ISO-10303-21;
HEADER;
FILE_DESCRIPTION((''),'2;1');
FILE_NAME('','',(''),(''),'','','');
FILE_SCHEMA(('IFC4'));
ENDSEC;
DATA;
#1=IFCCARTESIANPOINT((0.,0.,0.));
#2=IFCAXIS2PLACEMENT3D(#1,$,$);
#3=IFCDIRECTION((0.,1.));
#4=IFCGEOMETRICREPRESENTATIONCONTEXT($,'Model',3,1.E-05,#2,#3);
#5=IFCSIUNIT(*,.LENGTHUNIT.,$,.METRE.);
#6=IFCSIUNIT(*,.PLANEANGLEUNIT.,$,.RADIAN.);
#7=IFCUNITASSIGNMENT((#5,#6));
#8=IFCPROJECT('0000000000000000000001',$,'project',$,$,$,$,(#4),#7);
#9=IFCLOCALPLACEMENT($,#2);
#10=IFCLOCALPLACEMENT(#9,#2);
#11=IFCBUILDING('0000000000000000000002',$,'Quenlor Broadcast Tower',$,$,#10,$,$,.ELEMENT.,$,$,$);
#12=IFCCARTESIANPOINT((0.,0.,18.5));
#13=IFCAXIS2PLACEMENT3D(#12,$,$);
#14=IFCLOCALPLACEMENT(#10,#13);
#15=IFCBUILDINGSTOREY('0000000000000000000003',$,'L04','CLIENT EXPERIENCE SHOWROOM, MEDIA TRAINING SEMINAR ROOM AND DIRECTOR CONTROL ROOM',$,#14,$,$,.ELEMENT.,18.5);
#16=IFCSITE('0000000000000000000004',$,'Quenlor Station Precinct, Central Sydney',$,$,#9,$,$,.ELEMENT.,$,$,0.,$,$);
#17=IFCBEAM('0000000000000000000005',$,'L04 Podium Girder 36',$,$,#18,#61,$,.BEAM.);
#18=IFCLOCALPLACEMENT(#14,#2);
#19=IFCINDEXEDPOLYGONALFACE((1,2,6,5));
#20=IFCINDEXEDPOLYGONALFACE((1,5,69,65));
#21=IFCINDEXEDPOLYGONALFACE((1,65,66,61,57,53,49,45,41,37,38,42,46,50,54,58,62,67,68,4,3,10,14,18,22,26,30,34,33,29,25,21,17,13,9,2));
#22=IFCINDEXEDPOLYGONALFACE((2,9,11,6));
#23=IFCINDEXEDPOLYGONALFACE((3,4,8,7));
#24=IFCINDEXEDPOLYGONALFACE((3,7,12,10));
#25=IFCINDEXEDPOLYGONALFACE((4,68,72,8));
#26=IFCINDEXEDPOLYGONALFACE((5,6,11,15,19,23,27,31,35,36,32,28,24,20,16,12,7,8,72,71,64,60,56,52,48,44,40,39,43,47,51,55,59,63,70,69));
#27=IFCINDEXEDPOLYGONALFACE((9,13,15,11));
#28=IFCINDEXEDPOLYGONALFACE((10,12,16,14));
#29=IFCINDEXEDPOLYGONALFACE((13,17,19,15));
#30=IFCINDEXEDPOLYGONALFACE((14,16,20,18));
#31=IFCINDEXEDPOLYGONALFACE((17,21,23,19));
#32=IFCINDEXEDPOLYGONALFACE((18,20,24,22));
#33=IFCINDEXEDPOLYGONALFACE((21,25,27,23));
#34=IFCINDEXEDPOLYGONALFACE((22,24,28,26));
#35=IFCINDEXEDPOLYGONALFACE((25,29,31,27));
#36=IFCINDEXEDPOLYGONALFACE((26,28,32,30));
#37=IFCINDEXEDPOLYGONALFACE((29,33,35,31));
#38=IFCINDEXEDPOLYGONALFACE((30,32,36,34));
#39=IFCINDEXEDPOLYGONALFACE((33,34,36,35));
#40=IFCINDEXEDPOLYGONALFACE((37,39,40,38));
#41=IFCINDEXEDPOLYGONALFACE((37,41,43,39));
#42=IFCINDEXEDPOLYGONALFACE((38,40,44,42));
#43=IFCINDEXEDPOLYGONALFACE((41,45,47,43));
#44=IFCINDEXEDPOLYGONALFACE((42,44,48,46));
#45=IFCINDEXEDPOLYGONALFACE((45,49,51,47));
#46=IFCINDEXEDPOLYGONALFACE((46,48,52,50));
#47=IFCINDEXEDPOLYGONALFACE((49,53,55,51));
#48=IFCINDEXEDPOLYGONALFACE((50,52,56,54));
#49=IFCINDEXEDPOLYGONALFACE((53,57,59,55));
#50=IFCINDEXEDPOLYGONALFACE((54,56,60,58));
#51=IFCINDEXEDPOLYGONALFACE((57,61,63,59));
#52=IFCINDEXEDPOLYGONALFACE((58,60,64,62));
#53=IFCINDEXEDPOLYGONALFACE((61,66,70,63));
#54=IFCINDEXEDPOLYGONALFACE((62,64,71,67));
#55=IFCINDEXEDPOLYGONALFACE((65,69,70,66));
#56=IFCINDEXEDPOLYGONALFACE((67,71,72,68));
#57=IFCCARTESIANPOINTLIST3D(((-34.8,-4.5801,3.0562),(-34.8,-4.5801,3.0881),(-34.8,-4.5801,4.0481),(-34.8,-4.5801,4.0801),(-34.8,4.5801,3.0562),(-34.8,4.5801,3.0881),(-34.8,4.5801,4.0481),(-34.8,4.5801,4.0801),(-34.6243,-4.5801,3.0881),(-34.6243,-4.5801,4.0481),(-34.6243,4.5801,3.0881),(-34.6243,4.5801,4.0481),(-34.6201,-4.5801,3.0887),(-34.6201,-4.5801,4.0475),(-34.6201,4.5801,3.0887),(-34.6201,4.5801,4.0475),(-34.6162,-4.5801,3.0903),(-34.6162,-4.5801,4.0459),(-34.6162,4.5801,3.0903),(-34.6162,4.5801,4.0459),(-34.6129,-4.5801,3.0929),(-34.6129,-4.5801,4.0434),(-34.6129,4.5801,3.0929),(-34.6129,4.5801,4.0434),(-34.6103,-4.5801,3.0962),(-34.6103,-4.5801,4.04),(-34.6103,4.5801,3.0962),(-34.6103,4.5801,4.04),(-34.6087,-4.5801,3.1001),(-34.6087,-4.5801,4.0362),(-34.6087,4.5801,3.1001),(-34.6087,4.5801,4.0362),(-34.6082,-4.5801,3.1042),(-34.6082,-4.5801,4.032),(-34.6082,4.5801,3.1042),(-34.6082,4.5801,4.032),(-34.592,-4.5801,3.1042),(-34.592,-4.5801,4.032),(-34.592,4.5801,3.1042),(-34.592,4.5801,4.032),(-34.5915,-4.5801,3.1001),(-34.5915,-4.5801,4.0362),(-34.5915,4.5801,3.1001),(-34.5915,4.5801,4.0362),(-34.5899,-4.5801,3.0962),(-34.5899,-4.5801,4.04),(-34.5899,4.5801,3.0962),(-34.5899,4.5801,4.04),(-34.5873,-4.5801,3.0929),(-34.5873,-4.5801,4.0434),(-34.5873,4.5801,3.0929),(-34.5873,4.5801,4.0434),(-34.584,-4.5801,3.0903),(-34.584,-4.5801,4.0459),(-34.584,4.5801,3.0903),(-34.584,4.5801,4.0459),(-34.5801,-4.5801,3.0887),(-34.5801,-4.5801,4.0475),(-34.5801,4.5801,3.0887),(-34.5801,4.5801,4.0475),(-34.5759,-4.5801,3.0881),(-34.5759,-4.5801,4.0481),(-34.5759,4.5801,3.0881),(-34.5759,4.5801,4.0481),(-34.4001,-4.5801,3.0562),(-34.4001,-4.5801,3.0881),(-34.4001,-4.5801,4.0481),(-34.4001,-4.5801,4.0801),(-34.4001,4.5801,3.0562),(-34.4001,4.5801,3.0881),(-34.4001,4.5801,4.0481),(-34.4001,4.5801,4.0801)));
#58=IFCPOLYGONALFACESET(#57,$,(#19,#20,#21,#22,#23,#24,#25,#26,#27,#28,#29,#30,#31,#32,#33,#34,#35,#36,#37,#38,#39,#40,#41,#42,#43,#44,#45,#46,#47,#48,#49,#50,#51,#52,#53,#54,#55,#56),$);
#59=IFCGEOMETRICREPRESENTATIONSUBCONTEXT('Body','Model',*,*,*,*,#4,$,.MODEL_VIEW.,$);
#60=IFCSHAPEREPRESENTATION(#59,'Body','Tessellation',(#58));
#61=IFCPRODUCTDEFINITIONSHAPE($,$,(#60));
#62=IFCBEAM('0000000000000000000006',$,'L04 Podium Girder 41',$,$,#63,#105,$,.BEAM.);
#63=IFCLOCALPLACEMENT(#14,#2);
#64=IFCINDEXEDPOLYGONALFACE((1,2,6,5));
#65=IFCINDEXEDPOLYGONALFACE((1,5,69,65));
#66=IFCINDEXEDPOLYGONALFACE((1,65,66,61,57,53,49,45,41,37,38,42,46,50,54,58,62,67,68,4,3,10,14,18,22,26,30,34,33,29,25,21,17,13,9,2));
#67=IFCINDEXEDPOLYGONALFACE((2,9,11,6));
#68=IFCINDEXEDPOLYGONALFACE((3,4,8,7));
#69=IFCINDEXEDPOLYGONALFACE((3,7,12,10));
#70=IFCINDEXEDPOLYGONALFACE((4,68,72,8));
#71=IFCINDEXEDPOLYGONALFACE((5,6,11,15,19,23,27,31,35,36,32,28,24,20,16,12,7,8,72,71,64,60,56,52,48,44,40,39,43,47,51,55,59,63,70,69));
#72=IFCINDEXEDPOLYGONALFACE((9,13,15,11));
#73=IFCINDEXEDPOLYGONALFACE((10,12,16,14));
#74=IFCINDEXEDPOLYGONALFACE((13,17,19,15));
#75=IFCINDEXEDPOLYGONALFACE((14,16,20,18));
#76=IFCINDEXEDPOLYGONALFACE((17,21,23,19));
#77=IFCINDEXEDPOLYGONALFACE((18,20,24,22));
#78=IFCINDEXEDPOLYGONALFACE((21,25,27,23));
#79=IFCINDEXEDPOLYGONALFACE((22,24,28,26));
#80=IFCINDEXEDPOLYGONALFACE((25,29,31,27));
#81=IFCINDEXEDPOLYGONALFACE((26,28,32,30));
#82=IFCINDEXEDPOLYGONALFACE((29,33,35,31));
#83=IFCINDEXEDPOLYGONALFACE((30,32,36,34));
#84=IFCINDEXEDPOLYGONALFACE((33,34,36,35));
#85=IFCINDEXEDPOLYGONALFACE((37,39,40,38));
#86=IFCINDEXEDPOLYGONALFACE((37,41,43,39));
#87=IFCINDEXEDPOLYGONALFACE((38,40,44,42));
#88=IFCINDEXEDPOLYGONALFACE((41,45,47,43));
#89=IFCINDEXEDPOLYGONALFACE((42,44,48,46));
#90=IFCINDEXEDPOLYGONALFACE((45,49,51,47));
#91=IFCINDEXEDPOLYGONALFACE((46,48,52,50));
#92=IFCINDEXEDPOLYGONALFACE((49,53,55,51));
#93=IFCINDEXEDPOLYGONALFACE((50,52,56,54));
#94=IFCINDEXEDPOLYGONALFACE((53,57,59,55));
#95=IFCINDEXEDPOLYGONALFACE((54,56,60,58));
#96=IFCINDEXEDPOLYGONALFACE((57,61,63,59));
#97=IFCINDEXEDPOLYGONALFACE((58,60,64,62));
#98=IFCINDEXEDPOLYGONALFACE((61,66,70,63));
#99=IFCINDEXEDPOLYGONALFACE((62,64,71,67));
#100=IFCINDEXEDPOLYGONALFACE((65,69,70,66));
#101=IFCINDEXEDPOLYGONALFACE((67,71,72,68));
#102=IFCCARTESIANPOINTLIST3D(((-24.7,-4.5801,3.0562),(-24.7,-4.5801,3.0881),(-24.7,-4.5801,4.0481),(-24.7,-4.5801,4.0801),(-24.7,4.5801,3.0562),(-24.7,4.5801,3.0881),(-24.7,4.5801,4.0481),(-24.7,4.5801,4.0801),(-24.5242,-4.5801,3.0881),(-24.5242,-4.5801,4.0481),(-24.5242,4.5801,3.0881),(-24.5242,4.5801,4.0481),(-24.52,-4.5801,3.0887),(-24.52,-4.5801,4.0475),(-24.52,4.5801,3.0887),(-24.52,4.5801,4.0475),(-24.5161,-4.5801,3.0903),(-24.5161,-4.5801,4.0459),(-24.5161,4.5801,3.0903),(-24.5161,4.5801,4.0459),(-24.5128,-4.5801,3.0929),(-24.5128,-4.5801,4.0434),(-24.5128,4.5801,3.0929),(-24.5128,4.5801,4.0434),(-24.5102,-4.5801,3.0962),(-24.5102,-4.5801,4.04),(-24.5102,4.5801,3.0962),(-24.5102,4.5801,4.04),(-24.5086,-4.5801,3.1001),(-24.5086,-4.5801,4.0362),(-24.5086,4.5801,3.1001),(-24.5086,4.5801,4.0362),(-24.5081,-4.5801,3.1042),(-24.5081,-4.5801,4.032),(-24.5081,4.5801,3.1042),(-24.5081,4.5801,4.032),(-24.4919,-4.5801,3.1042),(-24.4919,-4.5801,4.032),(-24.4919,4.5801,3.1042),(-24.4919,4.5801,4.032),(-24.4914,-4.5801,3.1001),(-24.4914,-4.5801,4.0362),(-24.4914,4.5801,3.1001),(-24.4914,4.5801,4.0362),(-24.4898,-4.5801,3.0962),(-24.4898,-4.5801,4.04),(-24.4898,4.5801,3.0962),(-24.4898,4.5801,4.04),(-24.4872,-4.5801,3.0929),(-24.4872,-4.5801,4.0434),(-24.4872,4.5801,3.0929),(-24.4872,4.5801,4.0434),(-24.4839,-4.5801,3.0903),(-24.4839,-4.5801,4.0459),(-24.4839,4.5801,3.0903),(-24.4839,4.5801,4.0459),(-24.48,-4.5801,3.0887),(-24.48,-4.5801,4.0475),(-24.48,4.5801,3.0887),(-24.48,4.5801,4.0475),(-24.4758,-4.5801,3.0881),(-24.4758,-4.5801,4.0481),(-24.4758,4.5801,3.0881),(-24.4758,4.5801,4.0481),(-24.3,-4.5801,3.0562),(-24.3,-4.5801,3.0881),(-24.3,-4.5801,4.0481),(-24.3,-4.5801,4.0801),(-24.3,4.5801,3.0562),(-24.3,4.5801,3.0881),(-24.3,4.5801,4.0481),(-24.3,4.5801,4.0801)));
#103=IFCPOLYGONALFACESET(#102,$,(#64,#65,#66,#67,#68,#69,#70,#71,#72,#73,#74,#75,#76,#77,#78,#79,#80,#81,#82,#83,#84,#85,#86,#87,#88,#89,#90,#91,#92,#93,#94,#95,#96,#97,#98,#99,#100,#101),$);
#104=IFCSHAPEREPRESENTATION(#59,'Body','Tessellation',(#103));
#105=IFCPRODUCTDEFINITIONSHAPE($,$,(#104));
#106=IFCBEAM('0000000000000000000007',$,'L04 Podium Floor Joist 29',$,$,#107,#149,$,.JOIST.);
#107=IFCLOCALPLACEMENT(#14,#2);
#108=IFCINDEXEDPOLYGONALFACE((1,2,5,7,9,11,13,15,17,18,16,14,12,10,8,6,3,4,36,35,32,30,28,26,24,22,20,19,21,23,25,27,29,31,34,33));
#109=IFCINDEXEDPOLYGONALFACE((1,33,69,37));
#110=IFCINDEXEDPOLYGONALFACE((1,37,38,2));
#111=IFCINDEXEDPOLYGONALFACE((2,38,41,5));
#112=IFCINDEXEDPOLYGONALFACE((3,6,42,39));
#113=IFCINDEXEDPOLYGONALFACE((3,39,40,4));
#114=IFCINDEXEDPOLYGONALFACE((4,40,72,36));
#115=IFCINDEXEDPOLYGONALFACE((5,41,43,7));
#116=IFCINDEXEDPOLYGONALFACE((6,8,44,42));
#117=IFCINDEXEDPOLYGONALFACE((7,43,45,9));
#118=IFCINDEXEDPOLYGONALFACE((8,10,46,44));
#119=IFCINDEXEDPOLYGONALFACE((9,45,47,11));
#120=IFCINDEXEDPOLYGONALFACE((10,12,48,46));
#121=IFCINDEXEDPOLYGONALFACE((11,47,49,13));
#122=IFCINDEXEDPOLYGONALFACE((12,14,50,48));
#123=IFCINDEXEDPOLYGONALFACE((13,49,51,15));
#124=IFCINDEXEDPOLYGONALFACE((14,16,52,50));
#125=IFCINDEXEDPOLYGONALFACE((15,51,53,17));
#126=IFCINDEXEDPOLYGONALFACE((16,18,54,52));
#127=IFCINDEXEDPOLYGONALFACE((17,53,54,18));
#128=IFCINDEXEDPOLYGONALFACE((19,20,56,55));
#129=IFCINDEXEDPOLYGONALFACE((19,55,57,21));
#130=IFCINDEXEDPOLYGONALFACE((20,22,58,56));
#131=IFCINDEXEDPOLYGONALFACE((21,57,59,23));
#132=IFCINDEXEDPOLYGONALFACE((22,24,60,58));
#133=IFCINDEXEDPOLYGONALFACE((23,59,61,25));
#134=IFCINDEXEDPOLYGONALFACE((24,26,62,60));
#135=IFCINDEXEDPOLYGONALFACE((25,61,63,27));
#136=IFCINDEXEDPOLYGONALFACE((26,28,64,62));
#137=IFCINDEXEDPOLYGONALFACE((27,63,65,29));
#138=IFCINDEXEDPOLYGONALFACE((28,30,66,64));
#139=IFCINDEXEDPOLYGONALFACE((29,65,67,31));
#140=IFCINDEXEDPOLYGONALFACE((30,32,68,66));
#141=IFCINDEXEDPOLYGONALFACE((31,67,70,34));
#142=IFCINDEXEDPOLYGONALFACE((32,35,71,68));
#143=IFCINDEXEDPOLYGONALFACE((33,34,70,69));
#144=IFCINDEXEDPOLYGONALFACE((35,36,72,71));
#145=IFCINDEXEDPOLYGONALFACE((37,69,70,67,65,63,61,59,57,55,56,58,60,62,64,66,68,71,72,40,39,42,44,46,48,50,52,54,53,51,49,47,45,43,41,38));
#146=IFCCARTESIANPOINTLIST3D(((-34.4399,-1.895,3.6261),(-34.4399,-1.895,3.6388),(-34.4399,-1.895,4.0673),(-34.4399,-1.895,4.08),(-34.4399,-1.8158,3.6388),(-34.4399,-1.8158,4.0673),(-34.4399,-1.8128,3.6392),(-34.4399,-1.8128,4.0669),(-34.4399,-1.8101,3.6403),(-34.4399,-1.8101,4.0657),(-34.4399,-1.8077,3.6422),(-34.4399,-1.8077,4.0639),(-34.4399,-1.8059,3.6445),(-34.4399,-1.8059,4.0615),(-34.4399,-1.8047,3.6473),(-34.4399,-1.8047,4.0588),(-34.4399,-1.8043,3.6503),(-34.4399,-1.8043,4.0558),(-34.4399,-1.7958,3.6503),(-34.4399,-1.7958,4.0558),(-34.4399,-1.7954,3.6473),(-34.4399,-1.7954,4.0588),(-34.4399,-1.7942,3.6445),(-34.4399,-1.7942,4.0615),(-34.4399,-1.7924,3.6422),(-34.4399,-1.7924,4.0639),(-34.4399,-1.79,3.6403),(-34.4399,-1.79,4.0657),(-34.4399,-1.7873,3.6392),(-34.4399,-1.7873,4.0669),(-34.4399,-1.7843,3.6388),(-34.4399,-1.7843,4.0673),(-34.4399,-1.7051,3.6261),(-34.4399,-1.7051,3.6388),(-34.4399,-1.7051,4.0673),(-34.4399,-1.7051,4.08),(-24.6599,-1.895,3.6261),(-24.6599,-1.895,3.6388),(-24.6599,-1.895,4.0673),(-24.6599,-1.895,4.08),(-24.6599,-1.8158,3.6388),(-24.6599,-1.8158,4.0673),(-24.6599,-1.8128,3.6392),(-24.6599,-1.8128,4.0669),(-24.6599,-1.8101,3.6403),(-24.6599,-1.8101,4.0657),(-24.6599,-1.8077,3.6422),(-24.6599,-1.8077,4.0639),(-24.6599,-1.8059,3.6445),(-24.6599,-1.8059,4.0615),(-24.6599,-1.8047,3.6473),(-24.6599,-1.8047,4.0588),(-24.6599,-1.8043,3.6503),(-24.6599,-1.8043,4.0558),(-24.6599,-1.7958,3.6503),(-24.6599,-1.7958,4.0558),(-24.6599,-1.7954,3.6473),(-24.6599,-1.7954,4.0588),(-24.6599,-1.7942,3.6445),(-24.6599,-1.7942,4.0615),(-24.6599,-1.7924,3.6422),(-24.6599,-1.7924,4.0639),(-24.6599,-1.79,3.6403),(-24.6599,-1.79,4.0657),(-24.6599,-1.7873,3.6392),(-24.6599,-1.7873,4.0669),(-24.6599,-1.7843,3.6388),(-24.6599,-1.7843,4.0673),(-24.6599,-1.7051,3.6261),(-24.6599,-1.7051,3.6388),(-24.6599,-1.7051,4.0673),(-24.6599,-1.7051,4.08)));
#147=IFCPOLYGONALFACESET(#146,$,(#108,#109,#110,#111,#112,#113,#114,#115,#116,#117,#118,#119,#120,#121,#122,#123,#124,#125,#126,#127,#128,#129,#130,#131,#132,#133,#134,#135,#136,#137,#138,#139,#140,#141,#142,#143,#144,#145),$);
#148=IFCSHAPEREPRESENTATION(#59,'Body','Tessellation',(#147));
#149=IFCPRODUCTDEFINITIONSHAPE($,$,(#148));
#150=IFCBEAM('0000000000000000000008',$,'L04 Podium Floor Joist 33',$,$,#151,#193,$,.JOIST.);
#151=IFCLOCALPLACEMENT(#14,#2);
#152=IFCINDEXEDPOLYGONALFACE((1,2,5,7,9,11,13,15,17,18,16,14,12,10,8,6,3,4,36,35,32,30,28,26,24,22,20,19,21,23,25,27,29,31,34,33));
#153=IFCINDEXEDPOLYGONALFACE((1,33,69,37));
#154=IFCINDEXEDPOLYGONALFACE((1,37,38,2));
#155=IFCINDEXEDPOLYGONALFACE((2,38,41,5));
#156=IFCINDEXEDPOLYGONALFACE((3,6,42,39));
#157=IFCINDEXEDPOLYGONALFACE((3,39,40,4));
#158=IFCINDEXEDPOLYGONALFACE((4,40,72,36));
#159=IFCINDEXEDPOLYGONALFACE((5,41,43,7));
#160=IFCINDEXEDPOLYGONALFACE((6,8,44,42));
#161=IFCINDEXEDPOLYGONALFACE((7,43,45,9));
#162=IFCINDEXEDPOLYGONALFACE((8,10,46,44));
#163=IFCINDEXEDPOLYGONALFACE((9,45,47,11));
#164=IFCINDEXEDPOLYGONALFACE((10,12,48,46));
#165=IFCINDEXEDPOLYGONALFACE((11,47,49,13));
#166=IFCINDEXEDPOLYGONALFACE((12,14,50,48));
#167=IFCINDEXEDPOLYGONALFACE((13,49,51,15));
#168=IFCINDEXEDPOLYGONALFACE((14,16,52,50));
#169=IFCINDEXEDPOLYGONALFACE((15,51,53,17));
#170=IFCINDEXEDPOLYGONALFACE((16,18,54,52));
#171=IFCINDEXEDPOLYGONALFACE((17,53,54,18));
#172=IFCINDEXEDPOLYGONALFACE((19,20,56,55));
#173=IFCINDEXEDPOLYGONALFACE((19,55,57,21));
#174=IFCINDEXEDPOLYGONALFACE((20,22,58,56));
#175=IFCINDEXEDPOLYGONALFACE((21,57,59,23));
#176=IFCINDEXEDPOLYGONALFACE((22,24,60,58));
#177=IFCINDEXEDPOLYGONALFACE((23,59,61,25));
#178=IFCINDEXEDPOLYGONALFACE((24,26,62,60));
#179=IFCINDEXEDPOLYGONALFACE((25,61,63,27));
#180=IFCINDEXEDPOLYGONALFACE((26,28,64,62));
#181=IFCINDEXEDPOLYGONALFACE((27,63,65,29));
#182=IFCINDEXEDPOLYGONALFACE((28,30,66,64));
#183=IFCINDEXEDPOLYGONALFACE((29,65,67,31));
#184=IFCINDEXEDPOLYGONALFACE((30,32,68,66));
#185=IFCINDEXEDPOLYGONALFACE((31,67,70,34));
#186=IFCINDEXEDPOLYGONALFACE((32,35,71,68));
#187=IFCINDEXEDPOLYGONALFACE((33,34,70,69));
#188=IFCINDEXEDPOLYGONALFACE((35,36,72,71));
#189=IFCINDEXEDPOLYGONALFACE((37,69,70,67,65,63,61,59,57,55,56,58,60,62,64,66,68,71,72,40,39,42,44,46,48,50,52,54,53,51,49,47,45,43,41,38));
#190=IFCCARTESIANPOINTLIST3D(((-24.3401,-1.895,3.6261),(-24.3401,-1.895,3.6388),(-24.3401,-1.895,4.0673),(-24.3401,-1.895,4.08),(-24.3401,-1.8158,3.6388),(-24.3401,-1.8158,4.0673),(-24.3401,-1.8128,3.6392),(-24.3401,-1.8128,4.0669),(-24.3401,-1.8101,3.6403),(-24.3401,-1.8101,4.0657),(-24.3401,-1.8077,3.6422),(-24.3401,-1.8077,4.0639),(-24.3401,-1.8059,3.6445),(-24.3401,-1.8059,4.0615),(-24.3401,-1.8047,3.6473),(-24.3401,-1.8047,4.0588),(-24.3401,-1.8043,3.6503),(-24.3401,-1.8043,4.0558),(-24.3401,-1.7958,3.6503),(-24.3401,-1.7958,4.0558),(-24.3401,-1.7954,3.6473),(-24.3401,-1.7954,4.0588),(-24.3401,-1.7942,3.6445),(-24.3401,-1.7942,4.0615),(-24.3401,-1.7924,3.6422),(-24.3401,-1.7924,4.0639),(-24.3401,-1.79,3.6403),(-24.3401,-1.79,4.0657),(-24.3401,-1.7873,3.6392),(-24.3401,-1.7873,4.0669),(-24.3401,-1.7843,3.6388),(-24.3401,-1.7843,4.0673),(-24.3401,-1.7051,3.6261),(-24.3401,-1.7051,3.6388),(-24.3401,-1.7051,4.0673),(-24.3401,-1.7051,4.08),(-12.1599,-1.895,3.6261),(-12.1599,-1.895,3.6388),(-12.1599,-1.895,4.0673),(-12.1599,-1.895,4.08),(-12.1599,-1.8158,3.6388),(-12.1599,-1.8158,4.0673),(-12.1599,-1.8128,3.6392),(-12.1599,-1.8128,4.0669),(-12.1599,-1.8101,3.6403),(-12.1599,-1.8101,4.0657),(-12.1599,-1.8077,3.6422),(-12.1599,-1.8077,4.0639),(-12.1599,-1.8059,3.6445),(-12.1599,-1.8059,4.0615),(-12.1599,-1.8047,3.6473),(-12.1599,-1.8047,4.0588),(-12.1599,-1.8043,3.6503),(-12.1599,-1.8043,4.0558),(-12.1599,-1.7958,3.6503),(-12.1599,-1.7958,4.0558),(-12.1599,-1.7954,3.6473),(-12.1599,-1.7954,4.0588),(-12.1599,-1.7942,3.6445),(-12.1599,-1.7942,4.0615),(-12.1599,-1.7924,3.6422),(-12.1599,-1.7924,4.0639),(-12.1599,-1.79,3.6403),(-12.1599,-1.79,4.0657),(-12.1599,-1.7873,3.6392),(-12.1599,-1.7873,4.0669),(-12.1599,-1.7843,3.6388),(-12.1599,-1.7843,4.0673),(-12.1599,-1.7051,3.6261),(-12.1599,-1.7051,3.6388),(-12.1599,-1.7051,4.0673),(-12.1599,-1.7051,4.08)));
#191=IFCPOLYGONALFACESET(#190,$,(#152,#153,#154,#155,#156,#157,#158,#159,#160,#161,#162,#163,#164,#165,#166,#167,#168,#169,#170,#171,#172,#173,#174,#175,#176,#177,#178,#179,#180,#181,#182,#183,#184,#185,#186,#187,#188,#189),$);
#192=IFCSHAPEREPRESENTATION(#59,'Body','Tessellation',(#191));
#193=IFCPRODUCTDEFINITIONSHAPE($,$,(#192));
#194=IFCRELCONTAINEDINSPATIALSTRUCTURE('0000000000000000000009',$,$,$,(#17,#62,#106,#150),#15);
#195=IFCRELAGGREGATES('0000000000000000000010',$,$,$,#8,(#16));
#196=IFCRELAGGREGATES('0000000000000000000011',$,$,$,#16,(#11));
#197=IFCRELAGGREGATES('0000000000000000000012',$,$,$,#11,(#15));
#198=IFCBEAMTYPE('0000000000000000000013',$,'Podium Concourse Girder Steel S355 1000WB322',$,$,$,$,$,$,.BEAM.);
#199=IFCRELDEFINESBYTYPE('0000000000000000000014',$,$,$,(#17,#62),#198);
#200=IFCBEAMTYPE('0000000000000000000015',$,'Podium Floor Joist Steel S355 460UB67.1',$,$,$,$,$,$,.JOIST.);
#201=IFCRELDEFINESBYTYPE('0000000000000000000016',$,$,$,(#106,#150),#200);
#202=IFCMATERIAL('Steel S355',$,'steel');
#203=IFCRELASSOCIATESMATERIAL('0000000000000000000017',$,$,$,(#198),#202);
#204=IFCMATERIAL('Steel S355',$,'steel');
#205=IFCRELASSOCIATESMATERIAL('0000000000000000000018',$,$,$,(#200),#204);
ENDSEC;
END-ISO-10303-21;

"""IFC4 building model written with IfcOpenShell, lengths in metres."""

from ifc_helpers import new_model, si_unit, direction, frame, origin, origin_2d, place, context, subcontext, project, spatial, i_section, extrude, material, material_profile, profile_set, type_object, element, save


model = new_model("IFC4")

# Units and contexts
model_context = context("Model", 3, precision=1e-05, world=origin(), true_north=direction((0.0, 1.0)))
body_context = subcontext(model_context, "Body", "Model", "MODEL_VIEW")
ifc_project = project(units=[si_unit("LENGTHUNIT", "METRE"), si_unit("PLANEANGLEUNIT", "RADIAN")], contexts=[model_context])

# Site, building, storey
site_placement = place(None, origin())
site = spatial("IfcSite", under=ifc_project, at=site_placement, Name="Quenlor Station Precinct, Central Sydney", CompositionType="ELEMENT", RefElevation=0.0)
building_placement = place(site_placement, origin())
building = spatial("IfcBuilding", under=site, at=building_placement, Name="Quenlor Broadcast Tower", CompositionType="ELEMENT")
storey_placement = place(building_placement, frame((0.0, 0.0, 18.5)))
storey = spatial("IfcBuildingStorey", under=building, at=storey_placement, Name="L04", Description="CLIENT EXPERIENCE SHOWROOM, MEDIA TRAINING SEMINAR ROOM AND DIRECTOR CONTROL ROOM", CompositionType="ELEMENT", Elevation=18.5)

# Beams
ifc_material_1 = material(Name="Steel S355", Category="steel")
ifc_material_profile_1 = material_profile(ifc_material_1, i_section(OverallWidth=0.3999, OverallDepth=1.0239, WebThickness=0.0161, FlangeThickness=0.032, FilletRadius=0.0161, at=origin_2d()))
ifc_profile_set_1 = profile_set([ifc_material_profile_1], Name="Steel S355 1000WB322")
beam_type_1 = type_object("IfcBeamType", Name="Podium Concourse Girder Steel S355 1000WB322", PredefinedType="BEAM", material=ifc_profile_set_1)
for number, where, z_axis, x_axis, name in (
    (1, (-34.6001, -4.5801, 3.5681), (0.0, 1.0, 0.0), (-1.0, 0.0, 0.0), "L04 Podium Girder 36"),
    (2, (-24.5, -4.5801, 3.5681), (0.0, 1.0, 0.0), (-1.0, 0.0, 0.0), "L04 Podium Girder 41"),
):
    element("IfcBeam", number, at=place(storey_placement, frame(where, z_axis=z_axis, x_axis=x_axis)), inside=storey, type_object=beam_type_1, Name=name, PredefinedType="BEAM", context=body_context, shape_type="SweptSolid", body=[
        extrude(i_section(OverallWidth=0.3999, OverallDepth=1.0239, WebThickness=0.0161, FlangeThickness=0.032, FilletRadius=0.0161, at=origin_2d()), origin(), (0.0, 0.0, 1.0), 9.1602),
    ])
ifc_material_2 = material(Name="Steel S355", Category="steel")
ifc_material_profile_2 = material_profile(ifc_material_2, i_section(OverallWidth=0.1899, OverallDepth=0.4539, WebThickness=0.0085, FlangeThickness=0.0127, FilletRadius=0.0115, at=origin_2d()))
ifc_profile_set_2 = profile_set([ifc_material_profile_2], Name="Steel S355 460UB67.1")
beam_type_2 = type_object("IfcBeamType", Name="Podium Floor Joist Steel S355 460UB67.1", PredefinedType="JOIST", material=ifc_profile_set_2)
beam_1_placement = place(storey_placement, frame((-34.4399, -1.8, 3.853), z_axis=(1.0, 0.0, 0.0), x_axis=(0.0, 1.0, 0.0)))
element("IfcBeam", 3, at=beam_1_placement, inside=storey, type_object=beam_type_2, Name="L04 Podium Floor Joist 29", PredefinedType="JOIST", context=body_context, shape_type="SweptSolid", body=[
    extrude(i_section(OverallWidth=0.1899, OverallDepth=0.4539, WebThickness=0.0085, FlangeThickness=0.0127, FilletRadius=0.0115, at=origin_2d()), origin(), (0.0, 0.0, 1.0), 9.78),
])
beam_2_placement = place(storey_placement, frame((-24.3401, -1.8, 3.853), z_axis=(1.0, 0.0, 0.0), x_axis=(0.0, 1.0, 0.0)))
element("IfcBeam", 4, at=beam_2_placement, inside=storey, type_object=beam_type_2, Name="L04 Podium Floor Joist 33", PredefinedType="JOIST", context=body_context, shape_type="SweptSolid", body=[
    extrude(i_section(OverallWidth=0.1899, OverallDepth=0.4539, WebThickness=0.0085, FlangeThickness=0.0127, FilletRadius=0.0115, at=origin_2d()), origin(), (0.0, 0.0, 1.0), 12.1802),
])

save(model, "model.ifc")
